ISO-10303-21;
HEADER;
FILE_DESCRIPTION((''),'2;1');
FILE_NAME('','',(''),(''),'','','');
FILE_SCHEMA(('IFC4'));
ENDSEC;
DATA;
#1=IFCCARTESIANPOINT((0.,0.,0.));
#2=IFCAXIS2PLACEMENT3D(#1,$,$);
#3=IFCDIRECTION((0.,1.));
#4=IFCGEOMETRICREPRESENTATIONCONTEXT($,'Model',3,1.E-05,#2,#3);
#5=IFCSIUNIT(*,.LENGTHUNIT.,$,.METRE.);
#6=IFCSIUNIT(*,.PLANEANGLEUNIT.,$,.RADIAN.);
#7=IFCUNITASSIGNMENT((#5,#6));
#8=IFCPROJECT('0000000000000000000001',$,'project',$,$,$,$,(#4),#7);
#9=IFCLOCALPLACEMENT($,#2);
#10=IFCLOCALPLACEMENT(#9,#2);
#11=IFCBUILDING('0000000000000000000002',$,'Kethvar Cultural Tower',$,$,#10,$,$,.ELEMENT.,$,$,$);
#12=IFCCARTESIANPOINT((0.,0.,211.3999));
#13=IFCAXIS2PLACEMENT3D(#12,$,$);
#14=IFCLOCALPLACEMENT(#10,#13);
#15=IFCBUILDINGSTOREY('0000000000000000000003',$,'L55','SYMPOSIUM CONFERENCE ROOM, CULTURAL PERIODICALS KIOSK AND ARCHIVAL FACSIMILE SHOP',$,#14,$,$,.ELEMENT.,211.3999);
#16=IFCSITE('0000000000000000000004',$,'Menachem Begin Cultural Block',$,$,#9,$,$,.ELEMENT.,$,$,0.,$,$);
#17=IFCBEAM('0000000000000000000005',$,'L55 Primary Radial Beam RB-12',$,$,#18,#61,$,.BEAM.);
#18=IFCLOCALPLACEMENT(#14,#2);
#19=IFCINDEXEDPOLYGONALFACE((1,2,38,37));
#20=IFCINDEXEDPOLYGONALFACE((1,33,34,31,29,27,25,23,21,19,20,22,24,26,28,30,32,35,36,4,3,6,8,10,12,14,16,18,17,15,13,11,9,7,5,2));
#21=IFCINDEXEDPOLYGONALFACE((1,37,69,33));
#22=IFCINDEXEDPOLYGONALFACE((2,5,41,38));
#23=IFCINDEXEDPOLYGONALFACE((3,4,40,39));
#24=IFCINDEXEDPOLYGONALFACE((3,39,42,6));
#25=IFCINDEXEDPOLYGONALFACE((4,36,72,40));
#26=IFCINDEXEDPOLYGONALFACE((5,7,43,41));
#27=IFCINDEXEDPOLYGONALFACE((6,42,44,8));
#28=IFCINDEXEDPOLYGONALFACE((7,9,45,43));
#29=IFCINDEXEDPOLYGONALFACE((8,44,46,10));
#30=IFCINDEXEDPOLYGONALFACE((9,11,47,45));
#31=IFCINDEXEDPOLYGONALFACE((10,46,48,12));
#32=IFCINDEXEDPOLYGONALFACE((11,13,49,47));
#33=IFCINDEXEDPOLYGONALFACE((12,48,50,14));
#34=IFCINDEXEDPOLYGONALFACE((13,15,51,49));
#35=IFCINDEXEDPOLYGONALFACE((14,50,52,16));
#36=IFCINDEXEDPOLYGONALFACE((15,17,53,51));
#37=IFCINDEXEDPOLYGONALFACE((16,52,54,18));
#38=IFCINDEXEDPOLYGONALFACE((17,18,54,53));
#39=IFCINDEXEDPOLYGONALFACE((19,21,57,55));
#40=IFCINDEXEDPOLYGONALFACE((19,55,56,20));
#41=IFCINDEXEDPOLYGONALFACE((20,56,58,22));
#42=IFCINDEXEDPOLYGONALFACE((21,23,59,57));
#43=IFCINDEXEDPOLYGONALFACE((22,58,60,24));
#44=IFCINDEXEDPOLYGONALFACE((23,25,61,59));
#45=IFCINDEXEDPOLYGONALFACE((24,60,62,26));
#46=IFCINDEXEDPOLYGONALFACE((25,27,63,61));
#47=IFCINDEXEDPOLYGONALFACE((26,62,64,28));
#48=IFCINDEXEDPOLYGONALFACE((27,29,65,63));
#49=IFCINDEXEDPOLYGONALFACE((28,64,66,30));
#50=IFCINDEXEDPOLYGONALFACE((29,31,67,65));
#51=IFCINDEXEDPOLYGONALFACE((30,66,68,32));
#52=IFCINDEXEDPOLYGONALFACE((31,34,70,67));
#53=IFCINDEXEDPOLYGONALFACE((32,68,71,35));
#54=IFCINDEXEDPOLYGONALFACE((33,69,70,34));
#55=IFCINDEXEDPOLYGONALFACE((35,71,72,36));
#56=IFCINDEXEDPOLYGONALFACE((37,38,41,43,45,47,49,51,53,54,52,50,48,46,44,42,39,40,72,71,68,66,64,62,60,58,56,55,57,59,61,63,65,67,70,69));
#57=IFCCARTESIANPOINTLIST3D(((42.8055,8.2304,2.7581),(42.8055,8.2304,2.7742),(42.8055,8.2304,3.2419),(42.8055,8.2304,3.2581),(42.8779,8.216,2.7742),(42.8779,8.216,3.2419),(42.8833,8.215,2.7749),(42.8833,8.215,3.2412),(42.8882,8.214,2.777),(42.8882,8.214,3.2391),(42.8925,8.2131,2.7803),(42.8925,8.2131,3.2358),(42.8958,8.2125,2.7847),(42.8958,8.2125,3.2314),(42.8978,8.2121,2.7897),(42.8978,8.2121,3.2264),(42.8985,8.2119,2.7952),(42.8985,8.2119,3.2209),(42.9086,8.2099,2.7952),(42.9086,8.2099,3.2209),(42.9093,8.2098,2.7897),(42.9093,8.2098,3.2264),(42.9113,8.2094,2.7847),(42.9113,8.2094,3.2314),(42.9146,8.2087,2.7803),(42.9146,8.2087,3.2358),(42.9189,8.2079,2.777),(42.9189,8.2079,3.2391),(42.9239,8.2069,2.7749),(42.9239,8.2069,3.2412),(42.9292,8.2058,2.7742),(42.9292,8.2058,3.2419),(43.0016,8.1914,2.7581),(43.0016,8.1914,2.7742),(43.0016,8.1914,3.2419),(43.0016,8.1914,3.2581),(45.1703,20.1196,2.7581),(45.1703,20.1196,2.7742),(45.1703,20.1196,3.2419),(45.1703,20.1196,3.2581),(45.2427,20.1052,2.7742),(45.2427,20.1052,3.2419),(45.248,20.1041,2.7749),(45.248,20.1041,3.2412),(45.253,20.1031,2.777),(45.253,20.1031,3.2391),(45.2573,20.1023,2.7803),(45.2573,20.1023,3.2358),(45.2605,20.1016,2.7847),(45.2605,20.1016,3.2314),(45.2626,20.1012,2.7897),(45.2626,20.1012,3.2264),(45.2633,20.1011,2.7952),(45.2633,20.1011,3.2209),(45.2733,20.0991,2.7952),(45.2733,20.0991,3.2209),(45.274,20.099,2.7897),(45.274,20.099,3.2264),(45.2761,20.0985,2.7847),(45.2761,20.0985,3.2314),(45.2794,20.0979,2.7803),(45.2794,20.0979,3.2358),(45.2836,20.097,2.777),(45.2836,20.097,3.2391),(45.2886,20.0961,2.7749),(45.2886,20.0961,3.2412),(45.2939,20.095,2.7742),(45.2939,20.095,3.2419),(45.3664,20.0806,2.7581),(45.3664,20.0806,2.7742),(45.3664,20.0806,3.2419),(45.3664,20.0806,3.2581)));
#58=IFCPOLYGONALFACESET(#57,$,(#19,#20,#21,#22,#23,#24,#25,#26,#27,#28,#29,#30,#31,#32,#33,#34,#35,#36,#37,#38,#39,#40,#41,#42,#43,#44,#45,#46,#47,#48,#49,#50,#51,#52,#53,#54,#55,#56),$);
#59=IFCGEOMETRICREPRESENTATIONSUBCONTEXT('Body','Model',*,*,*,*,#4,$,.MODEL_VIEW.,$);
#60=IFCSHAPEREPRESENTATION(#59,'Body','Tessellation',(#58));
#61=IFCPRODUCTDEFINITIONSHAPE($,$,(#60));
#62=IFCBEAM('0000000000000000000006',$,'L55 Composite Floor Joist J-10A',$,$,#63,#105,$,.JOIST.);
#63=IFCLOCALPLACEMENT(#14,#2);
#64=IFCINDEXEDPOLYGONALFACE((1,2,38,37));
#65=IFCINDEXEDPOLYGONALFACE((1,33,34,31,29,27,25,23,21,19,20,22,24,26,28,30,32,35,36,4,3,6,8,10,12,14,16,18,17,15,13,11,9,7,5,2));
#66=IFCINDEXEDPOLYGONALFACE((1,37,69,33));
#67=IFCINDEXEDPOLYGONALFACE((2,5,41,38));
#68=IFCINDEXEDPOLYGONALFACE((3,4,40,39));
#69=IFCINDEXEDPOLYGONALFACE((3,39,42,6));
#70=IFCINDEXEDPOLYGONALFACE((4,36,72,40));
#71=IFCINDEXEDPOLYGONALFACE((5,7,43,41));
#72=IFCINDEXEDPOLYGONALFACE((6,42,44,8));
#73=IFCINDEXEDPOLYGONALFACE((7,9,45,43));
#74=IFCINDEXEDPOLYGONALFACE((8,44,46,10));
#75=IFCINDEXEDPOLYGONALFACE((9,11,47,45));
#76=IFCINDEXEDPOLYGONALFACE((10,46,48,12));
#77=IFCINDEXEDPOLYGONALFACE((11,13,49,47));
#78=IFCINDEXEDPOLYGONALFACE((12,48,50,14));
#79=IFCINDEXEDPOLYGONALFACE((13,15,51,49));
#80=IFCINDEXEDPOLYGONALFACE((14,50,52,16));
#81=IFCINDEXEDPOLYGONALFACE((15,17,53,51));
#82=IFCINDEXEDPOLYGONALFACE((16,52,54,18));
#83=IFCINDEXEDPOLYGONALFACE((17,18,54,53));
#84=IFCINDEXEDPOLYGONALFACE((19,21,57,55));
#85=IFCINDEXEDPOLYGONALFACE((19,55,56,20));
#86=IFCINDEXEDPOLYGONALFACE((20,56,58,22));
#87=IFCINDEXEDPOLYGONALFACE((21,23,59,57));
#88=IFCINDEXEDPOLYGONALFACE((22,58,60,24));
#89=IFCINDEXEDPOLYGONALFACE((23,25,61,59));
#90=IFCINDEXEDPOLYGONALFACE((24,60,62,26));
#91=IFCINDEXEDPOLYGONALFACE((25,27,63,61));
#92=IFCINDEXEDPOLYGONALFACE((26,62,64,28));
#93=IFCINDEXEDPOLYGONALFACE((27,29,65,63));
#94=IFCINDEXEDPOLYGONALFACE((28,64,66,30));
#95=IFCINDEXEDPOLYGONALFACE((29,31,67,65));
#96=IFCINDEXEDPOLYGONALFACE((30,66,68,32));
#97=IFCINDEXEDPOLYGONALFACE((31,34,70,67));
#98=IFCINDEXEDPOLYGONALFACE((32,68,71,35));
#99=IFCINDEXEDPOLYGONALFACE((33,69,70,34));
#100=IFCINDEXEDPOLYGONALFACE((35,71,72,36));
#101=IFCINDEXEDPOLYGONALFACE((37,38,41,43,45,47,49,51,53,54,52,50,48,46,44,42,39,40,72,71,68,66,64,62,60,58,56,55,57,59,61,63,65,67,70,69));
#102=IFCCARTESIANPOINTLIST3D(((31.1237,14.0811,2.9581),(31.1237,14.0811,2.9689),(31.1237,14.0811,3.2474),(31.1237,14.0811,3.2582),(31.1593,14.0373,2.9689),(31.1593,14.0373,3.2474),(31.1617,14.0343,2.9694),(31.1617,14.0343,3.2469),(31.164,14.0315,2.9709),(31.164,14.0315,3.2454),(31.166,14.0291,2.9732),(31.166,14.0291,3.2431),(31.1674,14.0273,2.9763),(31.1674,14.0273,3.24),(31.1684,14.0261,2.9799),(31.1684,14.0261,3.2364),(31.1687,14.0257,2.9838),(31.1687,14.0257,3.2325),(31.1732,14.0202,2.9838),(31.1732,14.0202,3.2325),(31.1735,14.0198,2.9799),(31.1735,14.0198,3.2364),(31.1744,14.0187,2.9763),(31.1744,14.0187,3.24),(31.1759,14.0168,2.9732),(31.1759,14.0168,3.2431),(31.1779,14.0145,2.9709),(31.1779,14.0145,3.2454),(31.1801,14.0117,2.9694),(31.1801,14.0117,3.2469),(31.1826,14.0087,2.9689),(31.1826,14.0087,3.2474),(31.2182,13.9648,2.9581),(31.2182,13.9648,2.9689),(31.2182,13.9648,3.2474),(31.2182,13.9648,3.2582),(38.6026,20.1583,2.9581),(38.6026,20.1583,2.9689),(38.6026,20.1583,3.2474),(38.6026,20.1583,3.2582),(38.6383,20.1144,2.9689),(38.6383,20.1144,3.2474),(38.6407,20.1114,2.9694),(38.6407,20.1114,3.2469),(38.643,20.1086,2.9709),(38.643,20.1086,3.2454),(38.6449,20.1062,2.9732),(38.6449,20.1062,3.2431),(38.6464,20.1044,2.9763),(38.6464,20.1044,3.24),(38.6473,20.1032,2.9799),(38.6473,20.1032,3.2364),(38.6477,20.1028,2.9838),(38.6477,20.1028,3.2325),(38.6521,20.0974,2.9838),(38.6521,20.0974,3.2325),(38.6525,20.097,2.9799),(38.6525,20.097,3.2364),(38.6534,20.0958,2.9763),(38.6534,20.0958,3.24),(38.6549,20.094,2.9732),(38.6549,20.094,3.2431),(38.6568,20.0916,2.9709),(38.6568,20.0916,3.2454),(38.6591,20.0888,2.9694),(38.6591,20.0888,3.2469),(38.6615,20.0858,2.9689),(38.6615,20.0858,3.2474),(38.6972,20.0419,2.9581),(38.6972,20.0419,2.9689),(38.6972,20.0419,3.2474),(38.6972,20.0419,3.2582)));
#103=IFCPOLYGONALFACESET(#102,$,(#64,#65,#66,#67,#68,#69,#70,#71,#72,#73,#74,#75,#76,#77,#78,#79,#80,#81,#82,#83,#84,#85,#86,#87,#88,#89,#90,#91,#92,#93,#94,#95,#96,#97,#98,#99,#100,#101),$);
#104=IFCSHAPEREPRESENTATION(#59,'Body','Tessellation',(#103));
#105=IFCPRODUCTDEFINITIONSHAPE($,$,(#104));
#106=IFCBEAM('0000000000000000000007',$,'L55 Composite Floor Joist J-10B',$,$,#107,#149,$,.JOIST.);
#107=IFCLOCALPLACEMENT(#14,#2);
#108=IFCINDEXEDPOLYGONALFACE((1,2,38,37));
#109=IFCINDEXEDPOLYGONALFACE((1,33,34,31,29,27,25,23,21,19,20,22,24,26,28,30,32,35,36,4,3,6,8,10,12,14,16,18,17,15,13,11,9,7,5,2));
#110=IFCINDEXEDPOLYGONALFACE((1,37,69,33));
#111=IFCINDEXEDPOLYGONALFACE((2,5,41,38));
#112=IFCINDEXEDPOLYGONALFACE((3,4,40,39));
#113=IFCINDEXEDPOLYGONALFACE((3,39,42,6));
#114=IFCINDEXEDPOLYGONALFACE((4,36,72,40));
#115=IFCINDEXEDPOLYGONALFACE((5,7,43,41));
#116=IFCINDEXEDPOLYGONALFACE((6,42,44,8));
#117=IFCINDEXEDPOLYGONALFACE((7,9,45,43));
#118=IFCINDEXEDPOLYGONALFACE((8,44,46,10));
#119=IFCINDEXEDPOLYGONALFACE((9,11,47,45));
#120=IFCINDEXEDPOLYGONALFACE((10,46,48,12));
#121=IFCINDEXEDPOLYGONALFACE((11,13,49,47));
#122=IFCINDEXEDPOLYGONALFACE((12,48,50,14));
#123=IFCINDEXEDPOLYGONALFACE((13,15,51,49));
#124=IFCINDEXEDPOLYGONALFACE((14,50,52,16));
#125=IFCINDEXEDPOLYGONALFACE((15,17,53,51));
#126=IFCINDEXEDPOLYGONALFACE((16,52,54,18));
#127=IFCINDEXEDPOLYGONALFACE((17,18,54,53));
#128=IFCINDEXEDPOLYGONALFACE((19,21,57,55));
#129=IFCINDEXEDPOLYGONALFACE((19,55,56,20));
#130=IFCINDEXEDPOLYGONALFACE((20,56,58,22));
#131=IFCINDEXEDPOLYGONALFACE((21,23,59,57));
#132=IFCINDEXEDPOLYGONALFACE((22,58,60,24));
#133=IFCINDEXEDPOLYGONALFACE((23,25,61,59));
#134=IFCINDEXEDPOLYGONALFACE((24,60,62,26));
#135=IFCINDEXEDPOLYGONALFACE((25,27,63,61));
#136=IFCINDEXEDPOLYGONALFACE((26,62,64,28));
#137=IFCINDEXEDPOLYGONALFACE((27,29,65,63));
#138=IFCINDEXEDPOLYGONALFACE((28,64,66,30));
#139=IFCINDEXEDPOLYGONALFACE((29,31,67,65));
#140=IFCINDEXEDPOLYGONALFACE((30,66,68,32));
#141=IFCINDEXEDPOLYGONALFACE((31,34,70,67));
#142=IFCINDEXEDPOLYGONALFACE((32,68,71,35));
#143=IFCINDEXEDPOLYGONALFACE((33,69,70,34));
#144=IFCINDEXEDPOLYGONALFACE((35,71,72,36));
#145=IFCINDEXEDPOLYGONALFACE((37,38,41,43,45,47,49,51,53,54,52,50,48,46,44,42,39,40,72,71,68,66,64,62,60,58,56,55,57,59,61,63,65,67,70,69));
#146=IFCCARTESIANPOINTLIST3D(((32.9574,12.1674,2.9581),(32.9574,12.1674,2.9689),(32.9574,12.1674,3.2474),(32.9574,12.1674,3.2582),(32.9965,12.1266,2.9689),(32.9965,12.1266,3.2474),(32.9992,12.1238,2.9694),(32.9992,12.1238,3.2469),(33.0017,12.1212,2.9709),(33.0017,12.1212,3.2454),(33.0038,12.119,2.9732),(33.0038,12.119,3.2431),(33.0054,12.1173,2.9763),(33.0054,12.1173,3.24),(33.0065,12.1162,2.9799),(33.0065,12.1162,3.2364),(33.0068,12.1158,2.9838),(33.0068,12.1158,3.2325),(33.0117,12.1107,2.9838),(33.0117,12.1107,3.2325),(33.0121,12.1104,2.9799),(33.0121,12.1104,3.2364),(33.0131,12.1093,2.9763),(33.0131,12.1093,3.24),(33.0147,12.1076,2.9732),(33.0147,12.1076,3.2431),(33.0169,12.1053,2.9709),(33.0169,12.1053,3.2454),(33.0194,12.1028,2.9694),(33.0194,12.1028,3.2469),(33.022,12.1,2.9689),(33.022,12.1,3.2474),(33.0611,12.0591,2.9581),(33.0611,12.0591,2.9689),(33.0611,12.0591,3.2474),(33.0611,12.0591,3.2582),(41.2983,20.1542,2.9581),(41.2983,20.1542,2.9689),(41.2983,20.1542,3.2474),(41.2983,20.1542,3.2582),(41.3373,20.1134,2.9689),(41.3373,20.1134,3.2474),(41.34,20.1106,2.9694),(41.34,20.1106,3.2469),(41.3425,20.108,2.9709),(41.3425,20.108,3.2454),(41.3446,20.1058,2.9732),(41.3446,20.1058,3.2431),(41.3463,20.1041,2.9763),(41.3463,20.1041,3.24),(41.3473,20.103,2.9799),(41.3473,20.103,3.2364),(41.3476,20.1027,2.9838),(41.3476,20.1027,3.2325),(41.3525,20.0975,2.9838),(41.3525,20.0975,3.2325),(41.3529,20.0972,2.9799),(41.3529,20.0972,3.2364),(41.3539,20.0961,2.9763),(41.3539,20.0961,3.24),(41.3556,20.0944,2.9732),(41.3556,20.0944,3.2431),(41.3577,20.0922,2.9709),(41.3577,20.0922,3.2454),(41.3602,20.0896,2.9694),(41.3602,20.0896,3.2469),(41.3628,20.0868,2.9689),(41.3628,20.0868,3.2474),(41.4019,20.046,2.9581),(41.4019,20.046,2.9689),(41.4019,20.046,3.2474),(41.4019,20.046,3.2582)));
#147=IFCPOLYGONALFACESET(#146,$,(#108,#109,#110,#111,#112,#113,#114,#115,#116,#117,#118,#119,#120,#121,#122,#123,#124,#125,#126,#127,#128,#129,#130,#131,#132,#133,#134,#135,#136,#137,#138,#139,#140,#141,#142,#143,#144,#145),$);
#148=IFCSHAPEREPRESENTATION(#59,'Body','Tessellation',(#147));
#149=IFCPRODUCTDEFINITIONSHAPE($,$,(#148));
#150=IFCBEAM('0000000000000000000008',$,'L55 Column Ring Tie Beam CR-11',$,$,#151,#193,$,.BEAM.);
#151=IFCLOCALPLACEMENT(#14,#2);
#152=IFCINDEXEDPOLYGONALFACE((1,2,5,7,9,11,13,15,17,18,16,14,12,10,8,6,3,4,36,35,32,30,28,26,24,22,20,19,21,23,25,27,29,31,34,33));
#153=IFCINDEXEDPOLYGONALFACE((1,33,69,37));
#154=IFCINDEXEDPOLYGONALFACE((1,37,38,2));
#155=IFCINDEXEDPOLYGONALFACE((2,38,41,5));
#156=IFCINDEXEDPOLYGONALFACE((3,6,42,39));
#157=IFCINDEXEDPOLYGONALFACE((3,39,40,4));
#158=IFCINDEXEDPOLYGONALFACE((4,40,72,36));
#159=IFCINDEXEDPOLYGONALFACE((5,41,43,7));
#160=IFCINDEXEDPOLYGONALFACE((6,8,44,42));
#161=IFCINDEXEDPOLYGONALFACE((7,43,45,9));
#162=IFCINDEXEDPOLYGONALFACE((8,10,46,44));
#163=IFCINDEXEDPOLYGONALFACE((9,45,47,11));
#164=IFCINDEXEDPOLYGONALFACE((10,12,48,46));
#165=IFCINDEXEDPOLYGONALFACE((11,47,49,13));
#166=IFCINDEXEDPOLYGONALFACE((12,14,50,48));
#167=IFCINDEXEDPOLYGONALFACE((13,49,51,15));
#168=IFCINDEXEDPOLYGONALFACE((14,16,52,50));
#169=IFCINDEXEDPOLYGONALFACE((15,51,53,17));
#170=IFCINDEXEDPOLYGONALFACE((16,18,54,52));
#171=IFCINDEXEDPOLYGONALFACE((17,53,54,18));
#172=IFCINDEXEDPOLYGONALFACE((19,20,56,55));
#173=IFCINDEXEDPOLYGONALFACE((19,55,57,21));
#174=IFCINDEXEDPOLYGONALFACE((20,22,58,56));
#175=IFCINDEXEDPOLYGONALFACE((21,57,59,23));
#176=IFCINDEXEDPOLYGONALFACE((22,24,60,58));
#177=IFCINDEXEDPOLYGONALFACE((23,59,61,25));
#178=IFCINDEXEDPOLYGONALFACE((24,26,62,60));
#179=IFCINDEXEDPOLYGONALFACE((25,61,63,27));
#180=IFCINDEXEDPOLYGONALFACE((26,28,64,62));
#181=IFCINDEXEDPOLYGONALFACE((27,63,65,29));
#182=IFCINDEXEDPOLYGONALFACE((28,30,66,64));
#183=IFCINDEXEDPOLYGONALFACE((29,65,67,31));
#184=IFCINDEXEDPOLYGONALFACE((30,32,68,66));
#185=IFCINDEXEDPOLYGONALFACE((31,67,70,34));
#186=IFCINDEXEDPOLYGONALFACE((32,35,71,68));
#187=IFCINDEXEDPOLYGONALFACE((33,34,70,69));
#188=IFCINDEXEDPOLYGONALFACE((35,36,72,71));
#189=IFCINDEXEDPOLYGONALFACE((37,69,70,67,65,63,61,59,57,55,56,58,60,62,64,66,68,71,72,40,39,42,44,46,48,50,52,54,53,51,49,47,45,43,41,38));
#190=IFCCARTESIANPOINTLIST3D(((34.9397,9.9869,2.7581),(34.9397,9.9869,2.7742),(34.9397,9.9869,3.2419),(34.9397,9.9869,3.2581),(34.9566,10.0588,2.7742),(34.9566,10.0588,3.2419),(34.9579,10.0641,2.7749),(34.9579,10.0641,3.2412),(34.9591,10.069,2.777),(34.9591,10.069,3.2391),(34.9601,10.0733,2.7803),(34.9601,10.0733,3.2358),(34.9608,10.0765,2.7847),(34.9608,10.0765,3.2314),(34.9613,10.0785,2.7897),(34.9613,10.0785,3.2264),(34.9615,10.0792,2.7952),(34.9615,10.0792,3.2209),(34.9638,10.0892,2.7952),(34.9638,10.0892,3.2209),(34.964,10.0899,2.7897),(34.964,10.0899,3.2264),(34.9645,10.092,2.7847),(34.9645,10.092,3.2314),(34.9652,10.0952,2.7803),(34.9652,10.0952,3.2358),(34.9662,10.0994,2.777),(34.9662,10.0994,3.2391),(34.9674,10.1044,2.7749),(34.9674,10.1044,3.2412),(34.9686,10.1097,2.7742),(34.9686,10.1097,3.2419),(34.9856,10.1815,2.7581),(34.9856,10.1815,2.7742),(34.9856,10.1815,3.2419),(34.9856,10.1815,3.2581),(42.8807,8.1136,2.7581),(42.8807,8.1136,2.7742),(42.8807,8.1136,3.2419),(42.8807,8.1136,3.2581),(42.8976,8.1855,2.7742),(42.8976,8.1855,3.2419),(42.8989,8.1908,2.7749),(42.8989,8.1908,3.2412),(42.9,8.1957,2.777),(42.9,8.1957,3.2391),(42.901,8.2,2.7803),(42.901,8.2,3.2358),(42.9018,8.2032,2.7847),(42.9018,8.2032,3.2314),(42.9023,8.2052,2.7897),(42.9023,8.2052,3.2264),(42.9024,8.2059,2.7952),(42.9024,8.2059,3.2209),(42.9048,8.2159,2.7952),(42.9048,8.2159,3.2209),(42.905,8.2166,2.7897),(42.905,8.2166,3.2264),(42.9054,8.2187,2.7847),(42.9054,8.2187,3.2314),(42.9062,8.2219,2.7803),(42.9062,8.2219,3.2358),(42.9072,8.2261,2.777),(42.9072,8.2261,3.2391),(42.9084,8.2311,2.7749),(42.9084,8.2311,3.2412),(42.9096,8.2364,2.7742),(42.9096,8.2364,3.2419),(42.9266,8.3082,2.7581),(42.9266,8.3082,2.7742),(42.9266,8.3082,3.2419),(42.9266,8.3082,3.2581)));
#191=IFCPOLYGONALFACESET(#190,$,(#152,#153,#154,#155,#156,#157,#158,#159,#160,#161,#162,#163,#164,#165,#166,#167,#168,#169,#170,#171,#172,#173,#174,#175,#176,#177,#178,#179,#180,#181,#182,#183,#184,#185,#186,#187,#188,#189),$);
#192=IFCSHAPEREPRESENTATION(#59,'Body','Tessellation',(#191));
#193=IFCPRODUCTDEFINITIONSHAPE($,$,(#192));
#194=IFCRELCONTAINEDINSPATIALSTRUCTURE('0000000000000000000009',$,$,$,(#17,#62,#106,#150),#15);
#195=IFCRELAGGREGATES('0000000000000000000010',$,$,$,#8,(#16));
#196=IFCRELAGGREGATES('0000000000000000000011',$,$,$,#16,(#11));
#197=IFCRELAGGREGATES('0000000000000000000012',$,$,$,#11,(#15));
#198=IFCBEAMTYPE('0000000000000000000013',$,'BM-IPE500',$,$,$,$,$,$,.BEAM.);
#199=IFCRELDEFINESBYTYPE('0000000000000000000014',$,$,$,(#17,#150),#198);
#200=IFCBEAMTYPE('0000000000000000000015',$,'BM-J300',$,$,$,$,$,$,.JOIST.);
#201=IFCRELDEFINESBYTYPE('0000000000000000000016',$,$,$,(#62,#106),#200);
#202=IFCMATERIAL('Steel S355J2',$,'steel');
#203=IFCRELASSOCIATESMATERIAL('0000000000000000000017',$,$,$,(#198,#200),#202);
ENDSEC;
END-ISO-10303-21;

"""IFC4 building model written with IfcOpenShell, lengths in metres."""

from ifc_helpers import new_model, si_unit, direction, frame, origin, origin_2d, place, context, subcontext, project, spatial, i_section, extrude, source, transform, mapped, material, material_profile, profile_set, type_object, element, save


model = new_model("IFC4")

# Units and contexts
model_context = context("Model", 3, precision=1e-05, world=origin(), true_north=direction((0.0, 1.0)))
body_context = subcontext(model_context, "Body", "Model", "MODEL_VIEW")
ifc_project = project(units=[si_unit("LENGTHUNIT", "METRE"), si_unit("PLANEANGLEUNIT", "RADIAN")], contexts=[model_context])

# Site, building, storey
site_placement = place(None, origin())
site = spatial("IfcSite", under=ifc_project, at=site_placement, Name="Menachem Begin Cultural Block", CompositionType="ELEMENT", RefElevation=0.0)
building_placement = place(site_placement, origin())
building = spatial("IfcBuilding", under=site, at=building_placement, Name="Kethvar Cultural Tower", CompositionType="ELEMENT")
storey_placement = place(building_placement, frame((0.0, 0.0, 211.3999)))
storey = spatial("IfcBuildingStorey", under=building, at=storey_placement, Name="L55", Description="SYMPOSIUM CONFERENCE ROOM, CULTURAL PERIODICALS KIOSK AND ARCHIVAL FACSIMILE SHOP", CompositionType="ELEMENT", Elevation=211.3999)

# Beams
ifc_material_1 = material(Name="Steel S355J2", Category="steel")
ifc_material_profile_1 = material_profile(ifc_material_1, i_section(OverallWidth=0.2, OverallDepth=0.5, WebThickness=0.0103, FlangeThickness=0.0161, FilletRadius=0.021, at=origin_2d()), Name="Steel S355J2 — IPE500")
ifc_profile_set_1 = profile_set([ifc_material_profile_1], Name="Steel S355J2 — IPE500")
beam_type_1 = type_object("IfcBeamType", Name="BM-IPE500", PredefinedType="BEAM", material=ifc_profile_set_1)
shared_shape_1 = source(origin(), body_context, "Body", "SweptSolid", [
    extrude(i_section(OverallWidth=0.2, OverallDepth=0.5, WebThickness=0.0103, FlangeThickness=0.0161, FilletRadius=0.021, at=origin_2d()), origin(), (0.0, 0.0, 1.0), 12.1221),
])
beam_1_placement = place(storey_placement, frame((45.2683, 20.1001, 3.0081), z_axis=(-0.195078, -0.980788, 0.0), x_axis=(0.980788, -0.195078, 0.0)))
element("IfcBeam", 1, at=beam_1_placement, inside=storey, type_object=beam_type_1, Name="L55 Primary Radial Beam RB-12", PredefinedType="BEAM", context=body_context, shape_type="MappedRepresentation", body=[
    mapped(shared_shape_1, transform((0.0, 0.0, 0.0), scale=1.0)),
])
ifc_material_profile_2 = material_profile(ifc_material_1, i_section(OverallWidth=0.1499, OverallDepth=0.3, WebThickness=0.0071, FlangeThickness=0.0107, FilletRadius=0.0149, at=origin_2d()), Name="Steel S355J2 — IPE300")
ifc_profile_set_2 = profile_set([ifc_material_profile_2], Name="Steel S355J2 — IPE300")
beam_type_2 = type_object("IfcBeamType", Name="BM-J300", PredefinedType="JOIST", material=ifc_profile_set_2)
shared_shape_2 = source(origin(), body_context, "Body", "SweptSolid", [
    extrude(i_section(OverallWidth=0.1499, OverallDepth=0.3, WebThickness=0.0071, FlangeThickness=0.0107, FilletRadius=0.0149, at=origin_2d()), origin(), (0.0, 0.0, 1.0), 9.6367),
])
beam_2_placement = place(storey_placement, frame((38.6499, 20.1001, 3.1082), z_axis=(-0.776091, -0.630621, 0.0), x_axis=(0.630621, -0.776091, 0.0)))
element("IfcBeam", 2, at=beam_2_placement, inside=storey, type_object=beam_type_2, Name="L55 Composite Floor Joist J-10A", PredefinedType="JOIST", context=body_context, shape_type="MappedRepresentation", body=[
    mapped(shared_shape_2, transform((0.0, 0.0, 0.0), scale=1.0)),
])
shared_shape_3 = source(origin(), body_context, "Body", "SweptSolid", [
    extrude(i_section(OverallWidth=0.1499, OverallDepth=0.3, WebThickness=0.0071, FlangeThickness=0.0107, FilletRadius=0.0149, at=origin_2d()), origin(), (0.0, 0.0, 1.0), 11.5481),
])
beam_3_placement = place(storey_placement, frame((41.3501, 20.1001, 3.1082), z_axis=(-0.722268, -0.691613, 0.0), x_axis=(0.691613, -0.722268, 0.0)))
element("IfcBeam", 3, at=beam_3_placement, inside=storey, type_object=beam_type_2, Name="L55 Composite Floor Joist J-10B", PredefinedType="JOIST", context=body_context, shape_type="MappedRepresentation", body=[
    mapped(shared_shape_3, transform((0.0, 0.0, 0.0), scale=1.0)),
])
shared_shape_4 = source(origin(), body_context, "Body", "SweptSolid", [
    extrude(i_section(OverallWidth=0.2, OverallDepth=0.5, WebThickness=0.0103, FlangeThickness=0.0161, FilletRadius=0.021, at=origin_2d()), origin(), (0.0, 0.0, 1.0), 8.1589),
])
beam_4_placement = place(storey_placement, frame((34.9626, 10.0842, 3.0081), z_axis=(0.973285, -0.229601, 0.0), x_axis=(0.229601, 0.973285, 0.0)))
element("IfcBeam", 4, at=beam_4_placement, inside=storey, type_object=beam_type_1, Name="L55 Column Ring Tie Beam CR-11", PredefinedType="BEAM", context=body_context, shape_type="MappedRepresentation", body=[
    mapped(shared_shape_4, transform((0.0, 0.0, 0.0), scale=1.0)),
])

save(model, "model.ifc")
